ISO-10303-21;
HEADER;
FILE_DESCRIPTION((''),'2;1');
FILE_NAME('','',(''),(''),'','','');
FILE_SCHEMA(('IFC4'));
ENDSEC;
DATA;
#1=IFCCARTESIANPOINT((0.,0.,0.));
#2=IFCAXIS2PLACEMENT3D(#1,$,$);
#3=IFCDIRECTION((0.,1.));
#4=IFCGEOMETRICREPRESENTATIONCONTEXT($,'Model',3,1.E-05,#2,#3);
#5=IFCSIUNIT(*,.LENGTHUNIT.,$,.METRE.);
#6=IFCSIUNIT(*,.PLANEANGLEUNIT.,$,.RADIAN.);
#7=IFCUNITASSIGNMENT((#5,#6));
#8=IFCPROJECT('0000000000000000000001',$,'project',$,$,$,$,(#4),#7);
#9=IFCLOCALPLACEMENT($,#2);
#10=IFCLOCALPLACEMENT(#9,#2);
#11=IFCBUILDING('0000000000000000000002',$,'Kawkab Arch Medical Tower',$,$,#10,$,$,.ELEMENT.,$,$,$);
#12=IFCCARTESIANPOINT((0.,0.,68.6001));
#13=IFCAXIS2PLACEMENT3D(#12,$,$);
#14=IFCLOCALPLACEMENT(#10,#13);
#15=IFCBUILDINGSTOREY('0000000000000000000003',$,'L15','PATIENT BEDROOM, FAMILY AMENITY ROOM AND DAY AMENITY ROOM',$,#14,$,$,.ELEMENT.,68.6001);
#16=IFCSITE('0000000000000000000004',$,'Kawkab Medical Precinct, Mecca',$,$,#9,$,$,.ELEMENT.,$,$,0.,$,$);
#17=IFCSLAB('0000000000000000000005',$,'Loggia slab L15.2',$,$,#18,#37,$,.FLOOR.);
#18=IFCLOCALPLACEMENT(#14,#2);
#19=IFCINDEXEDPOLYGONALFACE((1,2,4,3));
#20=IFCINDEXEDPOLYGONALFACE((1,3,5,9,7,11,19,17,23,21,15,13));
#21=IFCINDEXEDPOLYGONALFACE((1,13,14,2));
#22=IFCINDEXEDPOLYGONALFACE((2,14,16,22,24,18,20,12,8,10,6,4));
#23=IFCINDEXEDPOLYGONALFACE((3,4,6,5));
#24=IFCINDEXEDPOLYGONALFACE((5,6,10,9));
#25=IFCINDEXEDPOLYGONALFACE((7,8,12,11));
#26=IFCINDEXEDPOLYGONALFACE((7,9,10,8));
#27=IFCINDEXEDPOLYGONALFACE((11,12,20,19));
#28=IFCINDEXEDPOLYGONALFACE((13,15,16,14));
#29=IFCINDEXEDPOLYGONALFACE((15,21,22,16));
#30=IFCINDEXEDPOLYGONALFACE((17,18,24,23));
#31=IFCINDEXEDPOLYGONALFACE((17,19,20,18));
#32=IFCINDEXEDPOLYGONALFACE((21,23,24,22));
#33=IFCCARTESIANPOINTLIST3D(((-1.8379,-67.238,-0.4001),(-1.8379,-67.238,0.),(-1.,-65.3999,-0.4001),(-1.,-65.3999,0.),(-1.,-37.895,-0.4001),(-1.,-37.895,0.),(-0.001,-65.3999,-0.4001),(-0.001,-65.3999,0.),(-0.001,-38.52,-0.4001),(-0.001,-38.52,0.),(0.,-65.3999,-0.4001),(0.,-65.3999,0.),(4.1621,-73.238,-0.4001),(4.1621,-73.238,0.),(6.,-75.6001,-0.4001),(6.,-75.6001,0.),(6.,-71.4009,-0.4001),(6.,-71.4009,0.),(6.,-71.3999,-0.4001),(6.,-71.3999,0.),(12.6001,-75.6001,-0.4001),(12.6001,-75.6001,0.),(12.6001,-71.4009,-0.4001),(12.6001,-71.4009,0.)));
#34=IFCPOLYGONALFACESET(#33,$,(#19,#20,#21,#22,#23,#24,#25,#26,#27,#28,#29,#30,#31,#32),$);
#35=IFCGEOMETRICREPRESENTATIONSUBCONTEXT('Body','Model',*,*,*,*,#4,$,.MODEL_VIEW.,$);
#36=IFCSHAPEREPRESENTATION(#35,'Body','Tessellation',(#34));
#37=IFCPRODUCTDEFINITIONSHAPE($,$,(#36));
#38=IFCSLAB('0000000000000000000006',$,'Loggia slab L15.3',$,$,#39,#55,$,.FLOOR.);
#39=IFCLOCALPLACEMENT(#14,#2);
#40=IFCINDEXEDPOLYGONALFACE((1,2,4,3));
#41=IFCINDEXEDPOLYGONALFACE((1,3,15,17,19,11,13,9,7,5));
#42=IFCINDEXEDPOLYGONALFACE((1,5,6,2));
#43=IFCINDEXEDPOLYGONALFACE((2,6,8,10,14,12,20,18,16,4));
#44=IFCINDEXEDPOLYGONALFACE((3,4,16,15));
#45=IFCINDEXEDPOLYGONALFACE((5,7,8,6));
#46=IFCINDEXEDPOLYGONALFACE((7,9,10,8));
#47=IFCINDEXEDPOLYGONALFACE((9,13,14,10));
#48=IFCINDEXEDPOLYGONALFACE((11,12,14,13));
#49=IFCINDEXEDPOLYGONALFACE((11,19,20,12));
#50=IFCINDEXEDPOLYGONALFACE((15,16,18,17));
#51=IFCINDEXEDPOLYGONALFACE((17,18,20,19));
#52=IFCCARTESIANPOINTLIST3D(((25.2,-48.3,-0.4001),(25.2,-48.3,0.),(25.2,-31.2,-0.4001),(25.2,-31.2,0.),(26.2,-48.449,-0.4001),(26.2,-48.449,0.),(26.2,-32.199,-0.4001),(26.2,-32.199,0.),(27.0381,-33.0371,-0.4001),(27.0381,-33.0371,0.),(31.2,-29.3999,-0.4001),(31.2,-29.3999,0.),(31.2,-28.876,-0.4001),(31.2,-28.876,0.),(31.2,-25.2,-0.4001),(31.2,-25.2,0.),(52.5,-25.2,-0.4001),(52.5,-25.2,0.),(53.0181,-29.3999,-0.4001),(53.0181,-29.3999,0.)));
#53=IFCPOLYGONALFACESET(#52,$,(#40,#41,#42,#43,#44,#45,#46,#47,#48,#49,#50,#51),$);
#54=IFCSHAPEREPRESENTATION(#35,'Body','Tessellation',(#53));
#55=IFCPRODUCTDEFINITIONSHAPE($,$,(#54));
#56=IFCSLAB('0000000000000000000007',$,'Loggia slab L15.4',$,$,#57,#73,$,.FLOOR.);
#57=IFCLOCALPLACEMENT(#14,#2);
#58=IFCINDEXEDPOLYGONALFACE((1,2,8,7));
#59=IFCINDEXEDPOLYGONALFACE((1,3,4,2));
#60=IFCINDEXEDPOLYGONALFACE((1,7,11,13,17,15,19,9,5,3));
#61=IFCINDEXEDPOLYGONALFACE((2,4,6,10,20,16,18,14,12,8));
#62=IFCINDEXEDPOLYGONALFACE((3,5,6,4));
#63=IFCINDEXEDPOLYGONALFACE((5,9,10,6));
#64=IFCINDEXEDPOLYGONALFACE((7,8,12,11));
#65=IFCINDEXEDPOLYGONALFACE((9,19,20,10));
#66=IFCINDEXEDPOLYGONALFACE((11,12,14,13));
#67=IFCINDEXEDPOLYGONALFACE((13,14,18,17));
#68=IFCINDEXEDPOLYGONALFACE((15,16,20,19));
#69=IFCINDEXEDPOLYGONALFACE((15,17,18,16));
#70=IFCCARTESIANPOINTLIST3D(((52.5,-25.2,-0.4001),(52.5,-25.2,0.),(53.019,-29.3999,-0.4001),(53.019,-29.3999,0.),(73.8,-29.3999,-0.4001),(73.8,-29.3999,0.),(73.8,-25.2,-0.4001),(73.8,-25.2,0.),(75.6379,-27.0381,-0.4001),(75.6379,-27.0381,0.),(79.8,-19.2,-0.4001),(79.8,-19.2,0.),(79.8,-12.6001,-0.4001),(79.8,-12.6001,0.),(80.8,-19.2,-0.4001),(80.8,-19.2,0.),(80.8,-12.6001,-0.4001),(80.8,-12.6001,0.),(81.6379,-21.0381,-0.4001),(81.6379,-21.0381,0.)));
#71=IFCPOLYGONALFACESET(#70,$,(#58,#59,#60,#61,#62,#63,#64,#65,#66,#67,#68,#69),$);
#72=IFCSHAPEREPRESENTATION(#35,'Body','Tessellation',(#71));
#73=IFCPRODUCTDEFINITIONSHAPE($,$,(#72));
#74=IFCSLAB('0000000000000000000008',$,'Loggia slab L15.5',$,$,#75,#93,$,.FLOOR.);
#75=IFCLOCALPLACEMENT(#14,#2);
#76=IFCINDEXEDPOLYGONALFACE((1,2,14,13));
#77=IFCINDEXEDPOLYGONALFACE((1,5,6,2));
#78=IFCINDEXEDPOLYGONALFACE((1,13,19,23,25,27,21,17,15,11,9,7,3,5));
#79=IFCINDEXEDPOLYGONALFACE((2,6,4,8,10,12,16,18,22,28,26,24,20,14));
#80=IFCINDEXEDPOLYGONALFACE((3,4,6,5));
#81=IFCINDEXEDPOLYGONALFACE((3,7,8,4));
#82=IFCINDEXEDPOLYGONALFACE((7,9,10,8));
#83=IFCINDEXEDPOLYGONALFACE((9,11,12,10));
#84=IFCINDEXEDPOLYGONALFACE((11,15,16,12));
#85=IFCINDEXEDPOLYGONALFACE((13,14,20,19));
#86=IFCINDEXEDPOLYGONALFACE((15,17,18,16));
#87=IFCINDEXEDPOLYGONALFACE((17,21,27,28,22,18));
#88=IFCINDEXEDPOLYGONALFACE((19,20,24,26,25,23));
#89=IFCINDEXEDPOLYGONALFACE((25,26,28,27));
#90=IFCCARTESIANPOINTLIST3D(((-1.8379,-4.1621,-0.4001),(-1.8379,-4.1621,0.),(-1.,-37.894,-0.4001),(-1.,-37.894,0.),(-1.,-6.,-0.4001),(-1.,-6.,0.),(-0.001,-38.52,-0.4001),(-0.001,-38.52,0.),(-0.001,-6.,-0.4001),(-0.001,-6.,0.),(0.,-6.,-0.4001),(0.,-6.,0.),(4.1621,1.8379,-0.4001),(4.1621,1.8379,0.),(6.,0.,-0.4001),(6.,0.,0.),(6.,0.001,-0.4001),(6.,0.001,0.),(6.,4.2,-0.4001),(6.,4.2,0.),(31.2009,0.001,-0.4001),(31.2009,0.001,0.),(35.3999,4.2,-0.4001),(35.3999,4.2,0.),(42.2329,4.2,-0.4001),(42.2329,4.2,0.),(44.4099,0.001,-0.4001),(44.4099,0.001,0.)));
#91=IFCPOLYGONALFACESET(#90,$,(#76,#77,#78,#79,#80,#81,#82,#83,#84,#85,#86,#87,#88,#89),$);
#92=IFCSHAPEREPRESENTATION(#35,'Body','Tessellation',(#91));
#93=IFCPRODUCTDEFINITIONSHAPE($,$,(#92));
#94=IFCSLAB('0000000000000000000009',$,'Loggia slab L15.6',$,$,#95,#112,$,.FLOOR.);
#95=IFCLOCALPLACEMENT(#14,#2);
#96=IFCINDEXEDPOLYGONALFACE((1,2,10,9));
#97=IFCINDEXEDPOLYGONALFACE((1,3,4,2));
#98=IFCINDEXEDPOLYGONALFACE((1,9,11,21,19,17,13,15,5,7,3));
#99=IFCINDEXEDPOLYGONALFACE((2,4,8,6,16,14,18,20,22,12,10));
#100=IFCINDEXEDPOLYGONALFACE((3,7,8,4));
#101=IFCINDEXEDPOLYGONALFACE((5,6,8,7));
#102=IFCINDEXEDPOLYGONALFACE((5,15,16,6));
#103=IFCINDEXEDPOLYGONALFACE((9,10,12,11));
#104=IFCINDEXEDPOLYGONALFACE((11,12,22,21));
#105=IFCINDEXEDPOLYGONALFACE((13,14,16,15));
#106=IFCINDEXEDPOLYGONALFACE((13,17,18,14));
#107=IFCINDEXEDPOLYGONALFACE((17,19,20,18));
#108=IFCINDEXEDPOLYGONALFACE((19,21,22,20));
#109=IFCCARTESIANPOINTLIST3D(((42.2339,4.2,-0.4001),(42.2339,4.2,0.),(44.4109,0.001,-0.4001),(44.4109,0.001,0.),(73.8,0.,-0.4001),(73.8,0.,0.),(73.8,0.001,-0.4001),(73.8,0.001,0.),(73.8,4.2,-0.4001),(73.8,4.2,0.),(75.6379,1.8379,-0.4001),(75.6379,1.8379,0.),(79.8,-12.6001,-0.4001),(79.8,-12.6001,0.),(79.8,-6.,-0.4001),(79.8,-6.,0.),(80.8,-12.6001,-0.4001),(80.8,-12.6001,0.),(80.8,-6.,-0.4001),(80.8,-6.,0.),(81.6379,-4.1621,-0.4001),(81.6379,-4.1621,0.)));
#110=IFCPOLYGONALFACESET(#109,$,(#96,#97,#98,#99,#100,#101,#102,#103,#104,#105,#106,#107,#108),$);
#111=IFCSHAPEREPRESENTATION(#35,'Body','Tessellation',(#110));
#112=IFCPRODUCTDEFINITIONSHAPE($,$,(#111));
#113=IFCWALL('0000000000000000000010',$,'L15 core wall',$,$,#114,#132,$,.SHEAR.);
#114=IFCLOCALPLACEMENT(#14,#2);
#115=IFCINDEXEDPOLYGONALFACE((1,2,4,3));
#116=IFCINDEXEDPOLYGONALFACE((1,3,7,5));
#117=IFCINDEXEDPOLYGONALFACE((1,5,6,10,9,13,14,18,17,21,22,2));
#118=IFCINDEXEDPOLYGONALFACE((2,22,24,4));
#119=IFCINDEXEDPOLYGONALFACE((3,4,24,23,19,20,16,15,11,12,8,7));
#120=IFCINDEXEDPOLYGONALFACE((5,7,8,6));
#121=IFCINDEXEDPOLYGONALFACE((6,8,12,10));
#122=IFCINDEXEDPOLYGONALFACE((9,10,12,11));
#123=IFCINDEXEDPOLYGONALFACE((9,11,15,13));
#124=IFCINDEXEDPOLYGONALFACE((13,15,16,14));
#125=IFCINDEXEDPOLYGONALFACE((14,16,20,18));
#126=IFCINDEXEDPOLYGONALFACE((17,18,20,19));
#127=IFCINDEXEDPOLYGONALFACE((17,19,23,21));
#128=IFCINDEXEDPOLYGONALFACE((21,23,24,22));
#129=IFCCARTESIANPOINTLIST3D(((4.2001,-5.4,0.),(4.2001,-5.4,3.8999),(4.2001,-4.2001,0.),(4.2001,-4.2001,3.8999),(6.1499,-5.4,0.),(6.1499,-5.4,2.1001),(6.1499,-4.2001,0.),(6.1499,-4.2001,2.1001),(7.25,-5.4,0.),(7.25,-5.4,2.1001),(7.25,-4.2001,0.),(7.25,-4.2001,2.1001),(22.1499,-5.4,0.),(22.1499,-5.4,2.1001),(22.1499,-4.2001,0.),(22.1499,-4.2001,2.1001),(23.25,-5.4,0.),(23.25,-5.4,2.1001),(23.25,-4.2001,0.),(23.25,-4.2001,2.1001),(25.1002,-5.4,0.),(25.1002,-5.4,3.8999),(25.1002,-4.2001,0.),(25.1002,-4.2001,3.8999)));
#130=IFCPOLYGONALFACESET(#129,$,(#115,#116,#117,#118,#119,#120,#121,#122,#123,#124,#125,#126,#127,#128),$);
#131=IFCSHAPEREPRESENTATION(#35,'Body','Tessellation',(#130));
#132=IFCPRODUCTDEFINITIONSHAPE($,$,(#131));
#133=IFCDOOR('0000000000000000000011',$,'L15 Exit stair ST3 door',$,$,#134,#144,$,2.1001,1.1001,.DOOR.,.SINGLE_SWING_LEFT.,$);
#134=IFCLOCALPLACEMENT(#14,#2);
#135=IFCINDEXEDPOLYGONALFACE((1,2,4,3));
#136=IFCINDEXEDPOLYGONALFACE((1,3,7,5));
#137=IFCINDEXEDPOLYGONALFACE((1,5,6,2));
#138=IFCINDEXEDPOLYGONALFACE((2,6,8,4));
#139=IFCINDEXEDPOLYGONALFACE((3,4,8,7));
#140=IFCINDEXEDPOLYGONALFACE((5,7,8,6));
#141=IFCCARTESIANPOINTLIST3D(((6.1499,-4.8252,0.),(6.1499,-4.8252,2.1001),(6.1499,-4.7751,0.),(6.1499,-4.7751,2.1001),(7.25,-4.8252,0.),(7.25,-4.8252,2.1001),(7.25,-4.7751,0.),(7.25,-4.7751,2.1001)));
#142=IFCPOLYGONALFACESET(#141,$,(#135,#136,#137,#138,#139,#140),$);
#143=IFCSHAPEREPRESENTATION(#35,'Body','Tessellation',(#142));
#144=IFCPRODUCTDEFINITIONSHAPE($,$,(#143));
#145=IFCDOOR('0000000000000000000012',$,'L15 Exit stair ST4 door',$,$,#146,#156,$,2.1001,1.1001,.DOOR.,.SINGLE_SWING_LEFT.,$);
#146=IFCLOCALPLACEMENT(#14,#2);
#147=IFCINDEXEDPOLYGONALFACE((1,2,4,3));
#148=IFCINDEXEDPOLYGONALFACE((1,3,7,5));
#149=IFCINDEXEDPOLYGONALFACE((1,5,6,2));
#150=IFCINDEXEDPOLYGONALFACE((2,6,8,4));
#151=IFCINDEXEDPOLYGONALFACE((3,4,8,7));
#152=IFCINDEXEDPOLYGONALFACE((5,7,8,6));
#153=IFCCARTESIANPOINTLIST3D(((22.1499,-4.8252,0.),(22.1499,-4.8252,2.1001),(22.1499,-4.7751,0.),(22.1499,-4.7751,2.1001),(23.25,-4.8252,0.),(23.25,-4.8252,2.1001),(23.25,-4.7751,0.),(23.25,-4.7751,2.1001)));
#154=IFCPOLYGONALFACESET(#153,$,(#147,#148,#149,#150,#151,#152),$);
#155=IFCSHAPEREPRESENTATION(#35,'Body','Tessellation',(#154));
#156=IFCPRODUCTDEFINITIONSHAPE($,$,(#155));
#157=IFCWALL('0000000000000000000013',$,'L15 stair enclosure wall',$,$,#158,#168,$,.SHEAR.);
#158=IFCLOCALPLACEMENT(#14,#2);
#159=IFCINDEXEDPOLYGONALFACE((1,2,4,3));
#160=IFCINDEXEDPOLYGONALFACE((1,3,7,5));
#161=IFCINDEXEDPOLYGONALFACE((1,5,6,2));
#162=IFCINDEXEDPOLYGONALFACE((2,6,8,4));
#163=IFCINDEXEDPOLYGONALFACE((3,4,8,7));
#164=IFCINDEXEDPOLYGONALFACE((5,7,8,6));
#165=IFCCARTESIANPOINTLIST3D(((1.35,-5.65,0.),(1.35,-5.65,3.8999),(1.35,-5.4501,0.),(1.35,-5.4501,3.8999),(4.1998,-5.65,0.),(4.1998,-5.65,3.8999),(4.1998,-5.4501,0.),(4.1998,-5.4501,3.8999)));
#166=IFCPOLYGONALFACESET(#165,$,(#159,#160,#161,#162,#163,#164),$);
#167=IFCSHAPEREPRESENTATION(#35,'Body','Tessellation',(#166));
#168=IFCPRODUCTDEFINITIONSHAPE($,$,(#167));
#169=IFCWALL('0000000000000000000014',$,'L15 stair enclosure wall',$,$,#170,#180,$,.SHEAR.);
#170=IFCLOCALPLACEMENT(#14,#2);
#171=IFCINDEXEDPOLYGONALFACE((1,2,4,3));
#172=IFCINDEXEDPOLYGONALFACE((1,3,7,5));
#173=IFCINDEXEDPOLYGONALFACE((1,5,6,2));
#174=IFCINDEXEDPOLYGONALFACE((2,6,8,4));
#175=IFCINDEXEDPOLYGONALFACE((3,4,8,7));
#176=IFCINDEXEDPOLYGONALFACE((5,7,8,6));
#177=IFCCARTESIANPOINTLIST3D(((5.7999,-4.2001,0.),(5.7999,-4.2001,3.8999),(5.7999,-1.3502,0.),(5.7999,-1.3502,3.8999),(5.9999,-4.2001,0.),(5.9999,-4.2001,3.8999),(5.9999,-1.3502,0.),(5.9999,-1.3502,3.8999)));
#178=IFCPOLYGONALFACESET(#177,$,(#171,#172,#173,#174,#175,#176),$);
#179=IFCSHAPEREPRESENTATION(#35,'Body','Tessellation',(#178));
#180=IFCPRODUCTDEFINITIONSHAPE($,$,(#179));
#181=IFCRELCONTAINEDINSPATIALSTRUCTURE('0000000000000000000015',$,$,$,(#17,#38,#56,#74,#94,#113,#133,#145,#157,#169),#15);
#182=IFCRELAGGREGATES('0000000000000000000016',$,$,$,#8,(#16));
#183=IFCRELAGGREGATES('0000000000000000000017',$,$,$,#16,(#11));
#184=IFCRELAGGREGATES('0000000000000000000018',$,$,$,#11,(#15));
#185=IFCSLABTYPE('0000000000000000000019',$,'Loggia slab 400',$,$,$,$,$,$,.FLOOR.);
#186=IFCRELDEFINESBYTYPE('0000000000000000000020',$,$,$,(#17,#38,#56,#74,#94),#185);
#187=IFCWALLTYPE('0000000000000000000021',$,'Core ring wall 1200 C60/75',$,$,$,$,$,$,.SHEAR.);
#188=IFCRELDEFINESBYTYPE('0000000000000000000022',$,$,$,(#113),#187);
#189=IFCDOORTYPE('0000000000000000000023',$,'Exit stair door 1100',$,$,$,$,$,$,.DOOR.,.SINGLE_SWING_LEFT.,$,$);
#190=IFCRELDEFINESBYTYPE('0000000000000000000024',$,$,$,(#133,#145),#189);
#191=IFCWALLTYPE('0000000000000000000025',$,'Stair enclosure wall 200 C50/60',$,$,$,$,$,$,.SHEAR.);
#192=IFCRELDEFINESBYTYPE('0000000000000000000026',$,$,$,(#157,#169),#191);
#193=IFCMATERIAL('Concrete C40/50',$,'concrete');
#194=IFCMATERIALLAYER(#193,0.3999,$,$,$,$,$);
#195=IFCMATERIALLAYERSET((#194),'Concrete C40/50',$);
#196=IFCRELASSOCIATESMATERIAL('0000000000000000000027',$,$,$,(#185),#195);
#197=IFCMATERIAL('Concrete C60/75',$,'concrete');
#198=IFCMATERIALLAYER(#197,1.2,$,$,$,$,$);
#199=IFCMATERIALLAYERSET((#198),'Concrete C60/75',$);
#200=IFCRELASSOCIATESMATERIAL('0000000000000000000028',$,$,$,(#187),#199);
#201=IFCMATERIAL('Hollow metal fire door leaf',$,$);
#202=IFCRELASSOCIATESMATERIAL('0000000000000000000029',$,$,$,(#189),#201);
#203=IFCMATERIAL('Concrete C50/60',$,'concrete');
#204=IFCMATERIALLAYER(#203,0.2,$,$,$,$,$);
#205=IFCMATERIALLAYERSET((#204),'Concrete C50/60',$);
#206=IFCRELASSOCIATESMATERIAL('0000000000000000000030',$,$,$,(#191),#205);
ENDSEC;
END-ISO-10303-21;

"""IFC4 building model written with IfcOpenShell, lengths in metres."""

from ifc_helpers import new_model, si_unit, direction, frame, frame_2d, origin, place, context, subcontext, project, spatial, polyline, rectangle, outline, extrude, material, layer, layer_set, type_object, element, fill, save


model = new_model("IFC4")

# Units and contexts
model_context = context("Model", 3, precision=1e-05, world=origin(), true_north=direction((0.0, 1.0)))
body_context = subcontext(model_context, "Body", "Model", "MODEL_VIEW")
ifc_project = project(units=[si_unit("LENGTHUNIT", "METRE"), si_unit("PLANEANGLEUNIT", "RADIAN")], contexts=[model_context])

# Site, building, storey
site_placement = place(None, origin())
site = spatial("IfcSite", under=ifc_project, at=site_placement, Name="Kawkab Medical Precinct, Mecca", CompositionType="ELEMENT", RefElevation=0.0)
building_placement = place(site_placement, origin())
building = spatial("IfcBuilding", under=site, at=building_placement, Name="Kawkab Arch Medical Tower", CompositionType="ELEMENT")
storey_placement = place(building_placement, frame((0.0, 0.0, 68.6001)))
storey = spatial("IfcBuildingStorey", under=building, at=storey_placement, Name="L15", Description="PATIENT BEDROOM, FAMILY AMENITY ROOM AND DAY AMENITY ROOM", CompositionType="ELEMENT", Elevation=68.6001)

# Slabs
ifc_material_1 = material(Name="Concrete C40/50", Category="concrete")
ifc_layer_1 = layer(ifc_material_1, 0.3999)
ifc_layer_set_1 = layer_set([ifc_layer_1], Name="Concrete C40/50")
slab_type_1 = type_object("IfcSlabType", Name="Loggia slab 400", PredefinedType="FLOOR", material=ifc_layer_set_1)
placement_1 = place(storey_placement, frame((0.0, 0.0, -0.4001)))
element("IfcSlab", 1, at=placement_1, inside=storey, type_object=slab_type_1, Name="Loggia slab L15.2", PredefinedType="FLOOR", context=body_context, shape_type="SweptSolid", body=[
    extrude(outline(polyline([(4.1621, -73.238), (-1.8379, -67.238), (-1.0, -65.3999), (-1.0, -37.895), (-0.001, -38.52), (-0.001, -65.3999), (0.0, -65.3999), (6.0, -71.3999), (6.0, -71.4009), (12.6001, -71.4009), (12.6001, -75.6001), (6.0, -75.6001), (4.1621, -73.238)])), origin(), (0.0, 0.0, 1.0), 0.4001),
])
element("IfcSlab", 2, at=placement_1, inside=storey, type_object=slab_type_1, Name="Loggia slab L15.3", PredefinedType="FLOOR", context=body_context, shape_type="SweptSolid", body=[
    extrude(outline(polyline([(31.2, -28.876), (27.0381, -33.0371), (26.2, -32.199), (26.2, -48.449), (25.2, -48.3), (25.2, -31.2), (31.2, -25.2), (52.5, -25.2), (53.0181, -29.3999), (31.2, -29.3999), (31.2, -28.876)])), origin(), (0.0, 0.0, 1.0), 0.4001),
])
element("IfcSlab", 3, at=placement_1, inside=storey, type_object=slab_type_1, Name="Loggia slab L15.4", PredefinedType="FLOOR", context=body_context, shape_type="SweptSolid", body=[
    extrude(outline(polyline([(81.6379, -21.0381), (75.6379, -27.0381), (73.8, -29.3999), (53.019, -29.3999), (52.5, -25.2), (73.8, -25.2), (79.8, -19.2), (79.8, -12.6001), (80.8, -12.6001), (80.8, -19.2), (81.6379, -21.0381)])), origin(), (0.0, 0.0, 1.0), 0.4001),
])
element("IfcSlab", 4, at=placement_1, inside=storey, type_object=slab_type_1, Name="Loggia slab L15.5", PredefinedType="FLOOR", context=body_context, shape_type="SweptSolid", body=[
    extrude(outline(polyline([(4.1621, 1.8379), (6.0, 4.2), (35.3999, 4.2), (42.2329, 4.2), (44.4099, 0.001), (31.2009, 0.001), (6.0, 0.001), (6.0, 0.0), (0.0, -6.0), (-0.001, -6.0), (-0.001, -38.52), (-1.0, -37.894), (-1.0, -6.0), (-1.8379, -4.1621), (4.1621, 1.8379)])), origin(), (0.0, 0.0, 1.0), 0.4001),
])
element("IfcSlab", 5, at=placement_1, inside=storey, type_object=slab_type_1, Name="Loggia slab L15.6", PredefinedType="FLOOR", context=body_context, shape_type="SweptSolid", body=[
    extrude(outline(polyline([(75.6379, 1.8379), (81.6379, -4.1621), (80.8, -6.0), (80.8, -12.6001), (79.8, -12.6001), (79.8, -6.0), (73.8, 0.0), (73.8, 0.001), (44.4109, 0.001), (42.2339, 4.2), (73.8, 4.2), (75.6379, 1.8379)])), origin(), (0.0, 0.0, 1.0), 0.4001),
])

# Wall, openings, doors
ifc_material_2 = material(Name="Concrete C60/75", Category="concrete")
ifc_layer_2 = layer(ifc_material_2, 1.2)
ifc_layer_set_2 = layer_set([ifc_layer_2], Name="Concrete C60/75")
wall_type_1 = type_object("IfcWallType", Name="Core ring wall 1200 C60/75", PredefinedType="SHEAR", material=ifc_layer_set_2)
wall_1_placement = place(storey_placement, frame((4.2, -4.8, 0.0), z_axis=(0.0, 0.0, 1.0), x_axis=(1.0, 0.0, 0.0)))
wall_1 = element("IfcWall", 6, at=wall_1_placement, inside=storey, type_object=wall_type_1, Name="L15 core wall", PredefinedType="SHEAR", context=body_context, shape_type="SweptSolid", body=[
    extrude(rectangle(XDim=20.9001, YDim=1.2, at=frame_2d((10.4502, 0.0))), origin(), (0.0, 0.0, 1.0), 3.8999),
])
opening_1_placement = place(wall_1_placement, frame((1.95, 0.0, 0.0)))
opening_1 = element("IfcOpeningElement", 7, at=opening_1_placement, cuts=wall_1, PredefinedType="OPENING", context=body_context, shape_type="SweptSolid", body=[
    extrude(rectangle(XDim=1.1001, YDim=2.1001, at=frame_2d((0.55, 1.05))), frame((0.0, 0.6099, 0.0), z_axis=(0.0, -1.0, 0.0), x_axis=(1.0, 0.0, 0.0)), (0.0, 0.0, 1.0), 1.22),
])
opening_2_placement = place(wall_1_placement, frame((17.95, 0.0, 0.0)))
opening_2 = element("IfcOpeningElement", 8, at=opening_2_placement, cuts=wall_1, PredefinedType="OPENING", context=body_context, shape_type="SweptSolid", body=[
    extrude(rectangle(XDim=1.1001, YDim=2.1001, at=frame_2d((0.55, 1.05))), frame((0.0, 0.6099, 0.0), z_axis=(0.0, -1.0, 0.0), x_axis=(1.0, 0.0, 0.0)), (0.0, 0.0, 1.0), 1.22),
])
ifc_material_3 = material(Name="Hollow metal fire door leaf")
door_type = type_object("IfcDoorType", Name="Exit stair door 1100", OperationType="SINGLE_SWING_LEFT", PredefinedType="DOOR", material=ifc_material_3)
door_1_placement = place(opening_1_placement, origin())
door_1 = element("IfcDoor", 9, at=door_1_placement, inside=storey, type_object=door_type, Name="L15 Exit stair ST3 door", OperationType="SINGLE_SWING_LEFT", OverallHeight=2.1001, OverallWidth=1.1001, PredefinedType="DOOR", context=body_context, shape_type="SweptSolid", body=[
    extrude(rectangle(XDim=1.1001, YDim=2.1001, at=frame_2d((0.55, 1.05))), frame((0.0, 0.0249, 0.0), z_axis=(0.0, -1.0, 0.0), x_axis=(1.0, 0.0, 0.0)), (0.0, 0.0, 1.0), 0.05),
])
fill(opening_1, door_1)
door_2_placement = place(opening_2_placement, origin())
door_2 = element("IfcDoor", 10, at=door_2_placement, inside=storey, type_object=door_type, Name="L15 Exit stair ST4 door", OperationType="SINGLE_SWING_LEFT", OverallHeight=2.1001, OverallWidth=1.1001, PredefinedType="DOOR", context=body_context, shape_type="SweptSolid", body=[
    extrude(rectangle(XDim=1.1001, YDim=2.1001, at=frame_2d((0.55, 1.05))), frame((0.0, 0.0249, 0.0), z_axis=(0.0, -1.0, 0.0), x_axis=(1.0, 0.0, 0.0)), (0.0, 0.0, 1.0), 0.05),
])
fill(opening_2, door_2)

# Walls
ifc_material_4 = material(Name="Concrete C50/60", Category="concrete")
ifc_layer_3 = layer(ifc_material_4, 0.2)
ifc_layer_set_3 = layer_set([ifc_layer_3], Name="Concrete C50/60")
wall_type_2 = type_object("IfcWallType", Name="Stair enclosure wall 200 C50/60", PredefinedType="SHEAR", material=ifc_layer_set_3)
for number, where, z_axis, x_axis, name in (
    (11, (1.3501, -5.55, 0.0), (0.0, 0.0, 1.0), (1.0, 0.0, 0.0), "L15 stair enclosure wall"),
    (12, (5.8999, -4.2, 0.0), (0.0, 0.0, 1.0), (0.0, 1.0, 0.0), "L15 stair enclosure wall"),
):
    element("IfcWall", number, at=place(storey_placement, frame(where, z_axis=z_axis, x_axis=x_axis)), inside=storey, type_object=wall_type_2, Name=name, PredefinedType="SHEAR", context=body_context, shape_type="SweptSolid", body=[
        extrude(rectangle(XDim=2.8499, YDim=0.2, at=frame_2d((1.4248, 0.0))), origin(), (0.0, 0.0, 1.0), 3.8999),
    ])

save(model, "model.ifc")
